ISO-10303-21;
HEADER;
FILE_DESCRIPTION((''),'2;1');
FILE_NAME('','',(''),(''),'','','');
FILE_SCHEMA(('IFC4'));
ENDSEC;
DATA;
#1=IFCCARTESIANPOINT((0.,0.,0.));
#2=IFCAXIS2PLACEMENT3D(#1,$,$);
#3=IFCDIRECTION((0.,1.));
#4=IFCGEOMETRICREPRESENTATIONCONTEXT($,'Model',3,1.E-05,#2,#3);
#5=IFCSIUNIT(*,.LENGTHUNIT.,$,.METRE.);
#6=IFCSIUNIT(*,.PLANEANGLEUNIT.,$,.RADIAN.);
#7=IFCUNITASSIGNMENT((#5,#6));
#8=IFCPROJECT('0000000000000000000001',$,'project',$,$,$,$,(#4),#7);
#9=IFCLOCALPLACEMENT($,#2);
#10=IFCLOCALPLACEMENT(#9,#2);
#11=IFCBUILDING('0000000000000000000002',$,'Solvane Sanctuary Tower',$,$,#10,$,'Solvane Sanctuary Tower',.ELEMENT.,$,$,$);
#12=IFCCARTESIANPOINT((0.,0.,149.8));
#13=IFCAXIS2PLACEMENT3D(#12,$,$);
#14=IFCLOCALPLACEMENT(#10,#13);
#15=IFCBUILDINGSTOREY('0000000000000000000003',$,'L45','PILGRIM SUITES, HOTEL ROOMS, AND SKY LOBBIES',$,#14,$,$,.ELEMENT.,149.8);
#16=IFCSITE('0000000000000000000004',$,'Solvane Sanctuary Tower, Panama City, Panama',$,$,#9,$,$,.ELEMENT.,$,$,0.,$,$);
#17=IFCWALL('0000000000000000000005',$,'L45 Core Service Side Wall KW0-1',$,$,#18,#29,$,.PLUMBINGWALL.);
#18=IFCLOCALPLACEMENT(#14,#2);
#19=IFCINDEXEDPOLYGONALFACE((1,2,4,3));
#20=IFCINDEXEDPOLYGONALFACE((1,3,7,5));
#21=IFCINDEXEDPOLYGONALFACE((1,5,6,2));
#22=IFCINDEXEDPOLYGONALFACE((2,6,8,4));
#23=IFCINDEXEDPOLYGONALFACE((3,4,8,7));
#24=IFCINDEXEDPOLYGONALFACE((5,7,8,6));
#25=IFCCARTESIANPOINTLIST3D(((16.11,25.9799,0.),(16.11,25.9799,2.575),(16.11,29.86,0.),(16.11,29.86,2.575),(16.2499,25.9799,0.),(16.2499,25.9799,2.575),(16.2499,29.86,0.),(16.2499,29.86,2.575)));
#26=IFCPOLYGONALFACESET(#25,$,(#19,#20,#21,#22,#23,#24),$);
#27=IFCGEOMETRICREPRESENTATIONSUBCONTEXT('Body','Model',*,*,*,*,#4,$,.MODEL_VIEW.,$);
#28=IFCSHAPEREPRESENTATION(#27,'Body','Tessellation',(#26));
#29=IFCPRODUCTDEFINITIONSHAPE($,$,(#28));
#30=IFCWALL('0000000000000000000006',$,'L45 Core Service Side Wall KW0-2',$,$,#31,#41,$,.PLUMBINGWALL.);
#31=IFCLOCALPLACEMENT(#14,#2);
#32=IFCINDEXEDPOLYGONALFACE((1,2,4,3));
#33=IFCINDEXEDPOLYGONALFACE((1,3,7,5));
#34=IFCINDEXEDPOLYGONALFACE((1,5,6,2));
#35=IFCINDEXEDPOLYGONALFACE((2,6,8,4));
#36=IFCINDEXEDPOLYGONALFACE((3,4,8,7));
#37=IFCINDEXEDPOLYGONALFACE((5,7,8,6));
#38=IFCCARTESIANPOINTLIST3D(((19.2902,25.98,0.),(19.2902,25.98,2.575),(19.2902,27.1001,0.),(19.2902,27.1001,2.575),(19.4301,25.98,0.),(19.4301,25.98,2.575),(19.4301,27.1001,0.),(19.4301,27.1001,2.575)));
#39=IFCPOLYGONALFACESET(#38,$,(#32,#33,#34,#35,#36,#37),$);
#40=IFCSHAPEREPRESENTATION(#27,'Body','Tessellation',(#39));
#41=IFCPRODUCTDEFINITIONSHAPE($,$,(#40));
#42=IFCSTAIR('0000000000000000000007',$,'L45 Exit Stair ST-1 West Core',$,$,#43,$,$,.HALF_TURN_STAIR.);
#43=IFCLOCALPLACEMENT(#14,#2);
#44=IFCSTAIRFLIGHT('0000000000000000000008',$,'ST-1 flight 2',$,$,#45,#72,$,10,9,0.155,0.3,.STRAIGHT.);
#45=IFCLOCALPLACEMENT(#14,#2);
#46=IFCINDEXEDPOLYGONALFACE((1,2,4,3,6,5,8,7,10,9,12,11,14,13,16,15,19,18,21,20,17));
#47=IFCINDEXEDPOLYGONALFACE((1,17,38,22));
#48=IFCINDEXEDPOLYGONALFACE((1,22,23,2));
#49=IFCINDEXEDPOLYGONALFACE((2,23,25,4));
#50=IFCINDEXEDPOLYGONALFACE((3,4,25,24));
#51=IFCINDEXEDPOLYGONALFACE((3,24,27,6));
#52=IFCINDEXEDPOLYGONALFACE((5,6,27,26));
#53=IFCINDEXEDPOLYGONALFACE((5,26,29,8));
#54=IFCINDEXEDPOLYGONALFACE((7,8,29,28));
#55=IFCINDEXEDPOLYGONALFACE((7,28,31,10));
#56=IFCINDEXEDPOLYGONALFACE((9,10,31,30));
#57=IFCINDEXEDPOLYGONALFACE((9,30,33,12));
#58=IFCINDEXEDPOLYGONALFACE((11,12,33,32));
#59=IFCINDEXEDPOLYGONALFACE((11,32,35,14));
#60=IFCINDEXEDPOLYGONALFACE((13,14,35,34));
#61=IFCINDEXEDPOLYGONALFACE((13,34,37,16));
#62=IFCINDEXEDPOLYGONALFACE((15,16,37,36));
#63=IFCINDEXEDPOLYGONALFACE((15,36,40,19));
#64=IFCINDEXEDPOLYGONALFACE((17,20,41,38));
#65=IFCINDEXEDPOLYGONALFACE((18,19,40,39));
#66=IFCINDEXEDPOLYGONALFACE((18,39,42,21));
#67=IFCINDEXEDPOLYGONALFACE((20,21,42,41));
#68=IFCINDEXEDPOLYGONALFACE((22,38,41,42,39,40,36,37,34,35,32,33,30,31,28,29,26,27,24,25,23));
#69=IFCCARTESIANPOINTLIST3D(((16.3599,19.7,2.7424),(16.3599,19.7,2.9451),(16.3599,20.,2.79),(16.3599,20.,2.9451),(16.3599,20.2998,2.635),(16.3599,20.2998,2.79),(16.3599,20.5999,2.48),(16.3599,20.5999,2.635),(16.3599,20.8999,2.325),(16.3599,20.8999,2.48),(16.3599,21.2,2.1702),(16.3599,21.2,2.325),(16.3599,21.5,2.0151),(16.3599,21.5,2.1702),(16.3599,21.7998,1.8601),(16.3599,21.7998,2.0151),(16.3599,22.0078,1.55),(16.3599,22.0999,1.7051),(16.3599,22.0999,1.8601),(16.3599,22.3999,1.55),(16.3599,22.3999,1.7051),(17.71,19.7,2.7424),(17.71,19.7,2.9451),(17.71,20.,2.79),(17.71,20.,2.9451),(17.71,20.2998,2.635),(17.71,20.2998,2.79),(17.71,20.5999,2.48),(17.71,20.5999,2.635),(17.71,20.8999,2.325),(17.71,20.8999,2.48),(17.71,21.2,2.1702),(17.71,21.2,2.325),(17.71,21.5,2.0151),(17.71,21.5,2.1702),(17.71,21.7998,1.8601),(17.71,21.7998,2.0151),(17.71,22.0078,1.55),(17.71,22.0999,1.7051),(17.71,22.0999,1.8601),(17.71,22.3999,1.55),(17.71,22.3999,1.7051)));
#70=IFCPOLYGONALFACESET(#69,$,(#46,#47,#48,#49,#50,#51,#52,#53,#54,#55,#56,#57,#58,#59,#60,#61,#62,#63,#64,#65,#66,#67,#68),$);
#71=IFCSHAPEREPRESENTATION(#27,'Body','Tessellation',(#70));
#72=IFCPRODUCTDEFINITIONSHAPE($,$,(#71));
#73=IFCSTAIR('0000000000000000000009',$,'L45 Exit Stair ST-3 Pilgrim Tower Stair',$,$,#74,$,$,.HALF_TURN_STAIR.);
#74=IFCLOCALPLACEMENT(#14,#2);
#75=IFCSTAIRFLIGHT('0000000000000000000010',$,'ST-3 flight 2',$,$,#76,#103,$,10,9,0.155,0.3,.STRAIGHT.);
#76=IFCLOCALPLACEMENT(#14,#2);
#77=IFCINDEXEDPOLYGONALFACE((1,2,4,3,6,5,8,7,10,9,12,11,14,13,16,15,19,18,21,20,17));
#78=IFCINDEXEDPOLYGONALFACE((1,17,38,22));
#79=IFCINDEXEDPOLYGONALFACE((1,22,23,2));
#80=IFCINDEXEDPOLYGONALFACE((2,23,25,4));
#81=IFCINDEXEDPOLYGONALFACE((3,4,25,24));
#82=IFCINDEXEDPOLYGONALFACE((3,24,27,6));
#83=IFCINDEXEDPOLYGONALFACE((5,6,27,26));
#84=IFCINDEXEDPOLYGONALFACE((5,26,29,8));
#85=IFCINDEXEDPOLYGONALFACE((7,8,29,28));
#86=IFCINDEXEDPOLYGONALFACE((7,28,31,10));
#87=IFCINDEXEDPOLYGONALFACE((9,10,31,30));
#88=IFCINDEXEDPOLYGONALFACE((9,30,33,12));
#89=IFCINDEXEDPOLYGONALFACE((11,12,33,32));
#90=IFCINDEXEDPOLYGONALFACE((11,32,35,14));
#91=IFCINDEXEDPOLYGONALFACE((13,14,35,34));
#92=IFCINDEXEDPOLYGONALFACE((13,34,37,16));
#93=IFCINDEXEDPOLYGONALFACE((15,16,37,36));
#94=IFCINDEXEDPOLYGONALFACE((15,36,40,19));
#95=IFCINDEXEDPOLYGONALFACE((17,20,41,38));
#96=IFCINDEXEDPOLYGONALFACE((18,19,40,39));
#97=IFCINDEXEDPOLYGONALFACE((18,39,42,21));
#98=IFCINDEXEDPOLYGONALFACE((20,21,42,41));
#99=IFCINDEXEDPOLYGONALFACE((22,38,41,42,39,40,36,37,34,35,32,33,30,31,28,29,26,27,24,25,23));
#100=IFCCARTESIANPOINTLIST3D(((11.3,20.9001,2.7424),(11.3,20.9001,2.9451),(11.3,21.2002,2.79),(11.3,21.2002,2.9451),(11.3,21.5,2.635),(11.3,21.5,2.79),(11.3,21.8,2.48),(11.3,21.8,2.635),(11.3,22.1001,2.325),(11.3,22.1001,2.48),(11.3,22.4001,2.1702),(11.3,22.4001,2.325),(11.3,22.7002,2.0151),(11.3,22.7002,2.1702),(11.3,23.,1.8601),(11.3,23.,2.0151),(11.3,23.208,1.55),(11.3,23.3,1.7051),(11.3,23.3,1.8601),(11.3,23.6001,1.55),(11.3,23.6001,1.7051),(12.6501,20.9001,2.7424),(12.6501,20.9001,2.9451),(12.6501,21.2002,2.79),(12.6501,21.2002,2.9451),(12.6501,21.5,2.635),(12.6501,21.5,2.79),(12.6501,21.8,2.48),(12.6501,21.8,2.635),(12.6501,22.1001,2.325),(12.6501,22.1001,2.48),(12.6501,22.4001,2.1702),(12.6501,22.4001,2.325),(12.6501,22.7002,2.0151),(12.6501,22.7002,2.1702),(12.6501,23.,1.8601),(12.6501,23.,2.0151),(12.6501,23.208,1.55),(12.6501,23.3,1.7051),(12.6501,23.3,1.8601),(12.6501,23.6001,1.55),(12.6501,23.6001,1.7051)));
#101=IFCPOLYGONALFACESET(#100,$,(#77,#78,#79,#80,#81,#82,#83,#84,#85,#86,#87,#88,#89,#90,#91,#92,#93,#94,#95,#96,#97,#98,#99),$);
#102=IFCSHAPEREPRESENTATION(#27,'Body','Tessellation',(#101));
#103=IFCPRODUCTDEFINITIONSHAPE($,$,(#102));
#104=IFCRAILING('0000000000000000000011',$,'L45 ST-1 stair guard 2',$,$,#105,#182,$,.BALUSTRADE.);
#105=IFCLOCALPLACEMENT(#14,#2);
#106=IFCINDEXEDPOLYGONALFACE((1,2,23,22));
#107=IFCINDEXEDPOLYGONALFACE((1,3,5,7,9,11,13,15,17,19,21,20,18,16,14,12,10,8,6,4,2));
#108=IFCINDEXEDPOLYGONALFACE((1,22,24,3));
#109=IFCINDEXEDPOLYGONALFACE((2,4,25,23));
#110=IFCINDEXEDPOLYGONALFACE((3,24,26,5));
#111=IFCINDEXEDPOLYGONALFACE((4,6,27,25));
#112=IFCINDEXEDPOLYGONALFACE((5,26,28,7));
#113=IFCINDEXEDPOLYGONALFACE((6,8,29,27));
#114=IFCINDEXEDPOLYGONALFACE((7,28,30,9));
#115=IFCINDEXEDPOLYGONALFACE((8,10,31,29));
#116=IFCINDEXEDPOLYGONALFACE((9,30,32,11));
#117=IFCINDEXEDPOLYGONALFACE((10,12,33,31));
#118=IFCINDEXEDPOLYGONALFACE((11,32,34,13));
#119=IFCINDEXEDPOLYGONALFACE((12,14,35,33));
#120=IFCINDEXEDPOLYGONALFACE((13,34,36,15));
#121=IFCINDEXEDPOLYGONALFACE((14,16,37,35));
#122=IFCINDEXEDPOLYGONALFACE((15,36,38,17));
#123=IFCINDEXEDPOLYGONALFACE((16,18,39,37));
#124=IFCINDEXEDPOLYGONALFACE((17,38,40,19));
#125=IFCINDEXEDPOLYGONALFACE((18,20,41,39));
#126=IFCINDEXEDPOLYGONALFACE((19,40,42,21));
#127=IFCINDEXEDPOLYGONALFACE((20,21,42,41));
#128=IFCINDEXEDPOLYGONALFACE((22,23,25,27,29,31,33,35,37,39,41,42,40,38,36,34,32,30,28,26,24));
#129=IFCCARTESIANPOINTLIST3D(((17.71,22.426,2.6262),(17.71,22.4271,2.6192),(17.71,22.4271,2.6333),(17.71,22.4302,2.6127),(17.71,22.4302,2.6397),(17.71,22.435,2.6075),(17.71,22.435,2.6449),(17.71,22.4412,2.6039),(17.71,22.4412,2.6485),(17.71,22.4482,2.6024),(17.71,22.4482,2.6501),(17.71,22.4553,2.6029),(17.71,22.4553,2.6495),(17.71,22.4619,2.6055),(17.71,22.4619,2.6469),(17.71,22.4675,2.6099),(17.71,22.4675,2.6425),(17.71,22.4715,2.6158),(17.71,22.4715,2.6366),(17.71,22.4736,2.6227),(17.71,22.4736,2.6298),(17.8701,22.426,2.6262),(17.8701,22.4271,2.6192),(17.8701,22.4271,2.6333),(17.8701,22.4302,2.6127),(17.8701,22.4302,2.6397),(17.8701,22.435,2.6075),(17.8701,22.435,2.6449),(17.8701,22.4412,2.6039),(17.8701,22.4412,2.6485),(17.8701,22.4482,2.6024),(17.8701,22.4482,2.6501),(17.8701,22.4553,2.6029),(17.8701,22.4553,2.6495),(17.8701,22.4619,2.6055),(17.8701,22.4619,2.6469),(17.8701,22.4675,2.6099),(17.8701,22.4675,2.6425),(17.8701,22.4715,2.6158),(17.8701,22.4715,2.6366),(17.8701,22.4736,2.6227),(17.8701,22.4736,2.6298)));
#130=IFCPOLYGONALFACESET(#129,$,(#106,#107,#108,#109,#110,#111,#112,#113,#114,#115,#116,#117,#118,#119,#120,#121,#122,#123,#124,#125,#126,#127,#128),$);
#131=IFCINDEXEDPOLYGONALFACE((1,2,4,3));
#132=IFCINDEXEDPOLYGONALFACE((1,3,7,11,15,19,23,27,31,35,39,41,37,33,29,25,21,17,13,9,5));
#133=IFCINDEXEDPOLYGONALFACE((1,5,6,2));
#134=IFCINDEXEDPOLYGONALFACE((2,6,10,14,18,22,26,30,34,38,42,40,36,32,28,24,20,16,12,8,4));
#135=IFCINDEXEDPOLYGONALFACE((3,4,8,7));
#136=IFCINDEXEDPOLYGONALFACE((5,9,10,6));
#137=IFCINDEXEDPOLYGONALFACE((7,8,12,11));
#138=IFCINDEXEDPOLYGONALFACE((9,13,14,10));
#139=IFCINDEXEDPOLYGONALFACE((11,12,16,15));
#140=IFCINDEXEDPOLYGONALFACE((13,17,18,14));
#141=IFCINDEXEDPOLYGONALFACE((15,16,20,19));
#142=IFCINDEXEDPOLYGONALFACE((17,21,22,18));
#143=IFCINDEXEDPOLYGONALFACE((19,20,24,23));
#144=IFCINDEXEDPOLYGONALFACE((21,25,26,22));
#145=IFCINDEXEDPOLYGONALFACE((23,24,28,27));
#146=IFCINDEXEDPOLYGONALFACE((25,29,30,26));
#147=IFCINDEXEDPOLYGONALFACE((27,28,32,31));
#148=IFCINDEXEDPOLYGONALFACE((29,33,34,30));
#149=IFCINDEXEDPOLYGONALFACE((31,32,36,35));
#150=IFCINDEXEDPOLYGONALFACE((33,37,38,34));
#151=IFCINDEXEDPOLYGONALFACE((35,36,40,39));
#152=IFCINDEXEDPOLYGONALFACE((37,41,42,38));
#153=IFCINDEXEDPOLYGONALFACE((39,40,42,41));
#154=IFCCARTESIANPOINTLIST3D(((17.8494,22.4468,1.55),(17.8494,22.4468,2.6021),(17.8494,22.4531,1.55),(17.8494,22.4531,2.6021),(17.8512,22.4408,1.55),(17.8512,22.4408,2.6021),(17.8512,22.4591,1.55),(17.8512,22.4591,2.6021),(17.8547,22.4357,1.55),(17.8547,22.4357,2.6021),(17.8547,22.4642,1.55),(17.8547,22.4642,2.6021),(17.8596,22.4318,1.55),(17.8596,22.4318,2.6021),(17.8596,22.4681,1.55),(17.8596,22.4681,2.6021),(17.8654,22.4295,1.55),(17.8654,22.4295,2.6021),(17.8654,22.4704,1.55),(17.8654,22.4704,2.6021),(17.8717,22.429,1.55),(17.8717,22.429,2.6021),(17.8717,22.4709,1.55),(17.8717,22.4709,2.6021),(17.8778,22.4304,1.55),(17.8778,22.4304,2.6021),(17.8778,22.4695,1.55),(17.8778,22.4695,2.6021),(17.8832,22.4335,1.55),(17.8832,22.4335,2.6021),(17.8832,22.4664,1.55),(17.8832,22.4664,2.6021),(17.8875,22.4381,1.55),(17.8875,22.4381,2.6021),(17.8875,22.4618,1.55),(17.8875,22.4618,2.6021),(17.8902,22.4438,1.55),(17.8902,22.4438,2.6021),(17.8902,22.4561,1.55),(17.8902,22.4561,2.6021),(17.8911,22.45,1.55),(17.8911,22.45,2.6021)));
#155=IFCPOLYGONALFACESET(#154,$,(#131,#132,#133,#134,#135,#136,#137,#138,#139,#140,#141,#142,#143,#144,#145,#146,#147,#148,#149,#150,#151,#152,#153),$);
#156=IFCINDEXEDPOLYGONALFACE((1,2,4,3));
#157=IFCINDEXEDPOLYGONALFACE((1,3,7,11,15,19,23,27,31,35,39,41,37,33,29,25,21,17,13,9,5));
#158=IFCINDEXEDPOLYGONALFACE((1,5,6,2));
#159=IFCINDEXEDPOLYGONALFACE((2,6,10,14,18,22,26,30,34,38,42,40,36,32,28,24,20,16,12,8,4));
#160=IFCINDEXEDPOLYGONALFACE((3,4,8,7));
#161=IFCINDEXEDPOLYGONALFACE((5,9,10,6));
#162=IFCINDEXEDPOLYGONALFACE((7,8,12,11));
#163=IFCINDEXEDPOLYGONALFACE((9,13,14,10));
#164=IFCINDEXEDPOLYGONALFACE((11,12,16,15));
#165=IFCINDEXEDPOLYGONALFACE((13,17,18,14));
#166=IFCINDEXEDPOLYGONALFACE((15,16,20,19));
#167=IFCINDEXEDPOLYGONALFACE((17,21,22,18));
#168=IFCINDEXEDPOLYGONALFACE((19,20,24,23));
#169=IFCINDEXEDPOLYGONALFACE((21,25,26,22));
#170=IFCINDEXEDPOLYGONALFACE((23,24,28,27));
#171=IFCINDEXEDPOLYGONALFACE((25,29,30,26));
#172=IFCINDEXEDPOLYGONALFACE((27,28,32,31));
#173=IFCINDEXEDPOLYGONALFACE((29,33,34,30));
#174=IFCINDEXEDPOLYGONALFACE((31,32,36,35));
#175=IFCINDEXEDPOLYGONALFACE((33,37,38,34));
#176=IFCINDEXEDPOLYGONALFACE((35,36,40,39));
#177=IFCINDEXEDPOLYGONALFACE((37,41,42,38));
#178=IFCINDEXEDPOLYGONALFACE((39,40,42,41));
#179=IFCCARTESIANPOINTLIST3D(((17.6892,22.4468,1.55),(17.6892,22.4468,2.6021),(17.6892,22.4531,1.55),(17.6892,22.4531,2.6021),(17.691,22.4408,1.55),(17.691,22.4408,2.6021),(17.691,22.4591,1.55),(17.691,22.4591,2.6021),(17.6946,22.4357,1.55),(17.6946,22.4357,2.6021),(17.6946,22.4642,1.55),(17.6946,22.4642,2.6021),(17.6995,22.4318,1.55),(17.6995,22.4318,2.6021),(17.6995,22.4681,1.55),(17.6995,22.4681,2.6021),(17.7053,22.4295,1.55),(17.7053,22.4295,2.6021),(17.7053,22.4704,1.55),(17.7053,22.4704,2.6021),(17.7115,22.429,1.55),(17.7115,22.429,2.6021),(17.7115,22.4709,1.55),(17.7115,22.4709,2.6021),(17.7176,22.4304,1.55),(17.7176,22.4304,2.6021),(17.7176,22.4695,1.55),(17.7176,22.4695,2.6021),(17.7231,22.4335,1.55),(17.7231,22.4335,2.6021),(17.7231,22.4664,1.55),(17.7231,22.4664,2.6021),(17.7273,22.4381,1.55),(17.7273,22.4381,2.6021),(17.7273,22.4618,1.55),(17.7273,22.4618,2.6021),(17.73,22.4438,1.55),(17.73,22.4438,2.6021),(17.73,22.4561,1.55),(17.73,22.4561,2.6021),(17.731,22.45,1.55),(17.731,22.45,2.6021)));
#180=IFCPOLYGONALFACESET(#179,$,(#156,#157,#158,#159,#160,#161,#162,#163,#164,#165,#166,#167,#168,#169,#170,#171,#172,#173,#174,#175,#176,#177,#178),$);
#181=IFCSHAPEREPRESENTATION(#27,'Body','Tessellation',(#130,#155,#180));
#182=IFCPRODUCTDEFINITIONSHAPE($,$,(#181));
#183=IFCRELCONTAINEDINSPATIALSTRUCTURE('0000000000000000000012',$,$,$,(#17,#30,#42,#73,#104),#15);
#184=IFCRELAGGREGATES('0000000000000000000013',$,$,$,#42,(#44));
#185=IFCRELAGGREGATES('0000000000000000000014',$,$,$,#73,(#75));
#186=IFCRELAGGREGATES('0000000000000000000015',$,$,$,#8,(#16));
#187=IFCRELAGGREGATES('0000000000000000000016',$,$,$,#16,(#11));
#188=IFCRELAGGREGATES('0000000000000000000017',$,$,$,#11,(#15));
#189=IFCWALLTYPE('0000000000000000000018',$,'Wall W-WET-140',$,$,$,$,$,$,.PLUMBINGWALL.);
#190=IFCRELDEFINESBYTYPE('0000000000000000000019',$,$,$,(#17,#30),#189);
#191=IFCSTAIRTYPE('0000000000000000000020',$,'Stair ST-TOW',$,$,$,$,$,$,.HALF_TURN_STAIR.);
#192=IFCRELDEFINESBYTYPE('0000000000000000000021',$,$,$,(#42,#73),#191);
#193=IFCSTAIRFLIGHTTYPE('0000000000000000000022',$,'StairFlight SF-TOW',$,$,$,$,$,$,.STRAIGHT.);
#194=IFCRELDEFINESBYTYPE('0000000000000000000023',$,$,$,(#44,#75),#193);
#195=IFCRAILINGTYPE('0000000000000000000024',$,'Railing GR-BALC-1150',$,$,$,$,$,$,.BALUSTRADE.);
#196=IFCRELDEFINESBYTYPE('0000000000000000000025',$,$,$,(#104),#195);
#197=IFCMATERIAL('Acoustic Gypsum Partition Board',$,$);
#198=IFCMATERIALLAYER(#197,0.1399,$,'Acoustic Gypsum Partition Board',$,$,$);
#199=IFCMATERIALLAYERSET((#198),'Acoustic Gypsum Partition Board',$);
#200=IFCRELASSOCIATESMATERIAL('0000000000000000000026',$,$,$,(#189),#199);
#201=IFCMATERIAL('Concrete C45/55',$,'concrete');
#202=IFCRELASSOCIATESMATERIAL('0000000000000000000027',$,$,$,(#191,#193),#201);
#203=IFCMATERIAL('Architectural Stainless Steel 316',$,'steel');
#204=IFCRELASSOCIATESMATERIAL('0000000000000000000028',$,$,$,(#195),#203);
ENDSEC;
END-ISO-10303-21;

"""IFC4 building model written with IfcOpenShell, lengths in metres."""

from ifc_helpers import new_model, si_unit, direction, frame, frame_2d, origin, origin_2d, place, context, subcontext, project, spatial, polyline, rectangle, circle, outline, extrude, material, layer, layer_set, type_object, element, aggregate, save


model = new_model("IFC4")

# Units and contexts
model_context = context("Model", 3, precision=1e-05, world=origin(), true_north=direction((0.0, 1.0)))
body_context = subcontext(model_context, "Body", "Model", "MODEL_VIEW")
ifc_project = project(units=[si_unit("LENGTHUNIT", "METRE"), si_unit("PLANEANGLEUNIT", "RADIAN")], contexts=[model_context])

# Site, building, storey
site_placement = place(None, origin())
site = spatial("IfcSite", under=ifc_project, at=site_placement, Name="Solvane Sanctuary Tower, Panama City, Panama", CompositionType="ELEMENT", RefElevation=0.0)
building_placement = place(site_placement, origin())
building = spatial("IfcBuilding", under=site, at=building_placement, Name="Solvane Sanctuary Tower", LongName="Solvane Sanctuary Tower", CompositionType="ELEMENT")
storey_placement = place(building_placement, frame((0.0, 0.0, 149.8)))
storey = spatial("IfcBuildingStorey", under=building, at=storey_placement, Name="L45", Description="PILGRIM SUITES, HOTEL ROOMS, AND SKY LOBBIES", CompositionType="ELEMENT", Elevation=149.8)

# Shared definitions
ifc_material_1 = material(Name="Acoustic Gypsum Partition Board")

# Shared definitions
ifc_material_2 = material(Name="Architectural Stainless Steel 316", Category="steel")

# Walls
ifc_layer_1 = layer(ifc_material_1, 0.1399, Name="Acoustic Gypsum Partition Board")
ifc_layer_set_1 = layer_set([ifc_layer_1], Name="Acoustic Gypsum Partition Board")
wall_type_1 = type_object("IfcWallType", Name="Wall W-WET-140", PredefinedType="PLUMBINGWALL", material=ifc_layer_set_1)
wall_1_placement = place(storey_placement, frame((16.1799, 25.98, 0.0), z_axis=(0.0, 0.0, 1.0), x_axis=(0.0, 1.0, 0.0)))
element("IfcWall", 1, at=wall_1_placement, inside=storey, type_object=wall_type_1, Name="L45 Core Service Side Wall KW0-1", PredefinedType="PLUMBINGWALL", context=body_context, shape_type="SweptSolid", body=[
    extrude(rectangle(XDim=3.8801, YDim=0.1399, at=frame_2d((1.9399, 0.0))), origin(), (0.0, 0.0, 1.0), 2.575),
])
wall_2_placement = place(storey_placement, frame((19.3601, 25.98, 0.0), z_axis=(0.0, 0.0, 1.0), x_axis=(0.0, 1.0, 0.0)))
element("IfcWall", 2, at=wall_2_placement, inside=storey, type_object=wall_type_1, Name="L45 Core Service Side Wall KW0-2", PredefinedType="PLUMBINGWALL", context=body_context, shape_type="SweptSolid", body=[
    extrude(rectangle(XDim=1.1201, YDim=0.1399, at=frame_2d((0.5601, 0.0))), origin(), (0.0, 0.0, 1.0), 2.575),
])

# Stairs, stair flights
ifc_material_3 = material(Name="Concrete C45/55", Category="concrete")
stair_type = type_object("IfcStairType", Name="Stair ST-TOW", PredefinedType="HALF_TURN_STAIR", material=ifc_material_3)
stair_1_placement = place(storey_placement, origin())
stair_1 = element("IfcStair", 3, at=stair_1_placement, inside=storey, type_object=stair_type, Name="L45 Exit Stair ST-1 West Core", PredefinedType="HALF_TURN_STAIR")
stair_flight_type = type_object("IfcStairFlightType", Name="StairFlight SF-TOW", PredefinedType="STRAIGHT", material=ifc_material_3)
stair_flight_1_placement = place(storey_placement, frame((17.0349, 22.3999, 1.55), z_axis=(0.0, 0.0, 1.0), x_axis=(0.0, -1.0, 0.0)))
stair_flight_1 = element("IfcStairFlight", 4, at=stair_flight_1_placement, type_object=stair_flight_type, Name="ST-1 flight 2", NumberOfRisers=10, NumberOfTreads=9, PredefinedType="STRAIGHT", RiserHeight=0.155, TreadLength=0.3, context=body_context, shape_type="SweptSolid", body=[
    extrude(outline(polyline([(0.0, 0.0), (0.0, 0.155), (0.3, 0.155), (0.3, 0.3101), (0.6001, 0.3101), (0.6001, 0.4651), (0.8999, 0.4651), (0.8999, 0.6201), (1.2, 0.6201), (1.2, 0.7749), (1.5, 0.7749), (1.5, 0.9299), (1.8, 0.9299), (1.8, 1.085), (2.1001, 1.085), (2.1001, 1.24), (2.3999, 1.24), (2.3999, 1.395), (2.7, 1.395), (2.7, 1.55), (2.7, 1.1924), (0.3921, 0.0), (0.0, 0.0)])), frame((0.0, 0.675, 0.0), z_axis=(0.0, -1.0, 0.0), x_axis=(1.0, 0.0, 0.0)), (0.0, 0.0, 1.0), 1.3501),
])
aggregate(stair_1, [stair_flight_1])
stair_2_placement = place(storey_placement, origin())
stair_2 = element("IfcStair", 5, at=stair_2_placement, inside=storey, type_object=stair_type, Name="L45 Exit Stair ST-3 Pilgrim Tower Stair", PredefinedType="HALF_TURN_STAIR")
stair_flight_2_placement = place(storey_placement, frame((11.9751, 23.6001, 1.55), z_axis=(0.0, 0.0, 1.0), x_axis=(0.0, -1.0, 0.0)))
stair_flight_2 = element("IfcStairFlight", 6, at=stair_flight_2_placement, type_object=stair_flight_type, Name="ST-3 flight 2", NumberOfRisers=10, NumberOfTreads=9, PredefinedType="STRAIGHT", RiserHeight=0.155, TreadLength=0.3, context=body_context, shape_type="SweptSolid", body=[
    extrude(outline(polyline([(0.0, 0.0), (0.0, 0.155), (0.3, 0.155), (0.3, 0.3101), (0.6001, 0.3101), (0.6001, 0.4651), (0.8999, 0.4651), (0.8999, 0.6201), (1.2, 0.6201), (1.2, 0.7749), (1.5, 0.7749), (1.5, 0.9299), (1.8, 0.9299), (1.8, 1.085), (2.1001, 1.085), (2.1001, 1.24), (2.3999, 1.24), (2.3999, 1.395), (2.7, 1.395), (2.7, 1.55), (2.7, 1.1924), (0.3921, 0.0), (0.0, 0.0)])), frame((0.0, 0.675, 0.0), z_axis=(0.0, -1.0, 0.0), x_axis=(1.0, 0.0, 0.0)), (0.0, 0.0, 1.0), 1.3501),
])
aggregate(stair_2, [stair_flight_2])

# Railing
railing_type_1 = type_object("IfcRailingType", Name="Railing GR-BALC-1150", PredefinedType="BALUSTRADE", material=ifc_material_2)
railing_1_placement = place(storey_placement, frame((17.8701, 22.45, 1.55)))
element("IfcRailing", 7, at=railing_1_placement, inside=storey, type_object=railing_type_1, Name="L45 ST-1 stair guard 2", PredefinedType="BALUSTRADE", context=body_context, shape_type="SweptSolid", body=[
    extrude(circle(Radius=0.0239, at=origin_2d()), frame((0.0, 0.0, 1.0762), z_axis=(-1.0, 0.0, 0.0), x_axis=(0.0, -1.0, 0.0)), (0.0, 0.0, 1.0), 0.1602),
    extrude(circle(Radius=0.021, at=origin_2d()), origin(), (0.0, 0.0, 1.0), 1.052),
    extrude(circle(Radius=0.021, at=origin_2d()), frame((-0.1602, 0.0, 0.0)), (0.0, 0.0, 1.0), 1.052),
])

save(model, "model.ifc")
